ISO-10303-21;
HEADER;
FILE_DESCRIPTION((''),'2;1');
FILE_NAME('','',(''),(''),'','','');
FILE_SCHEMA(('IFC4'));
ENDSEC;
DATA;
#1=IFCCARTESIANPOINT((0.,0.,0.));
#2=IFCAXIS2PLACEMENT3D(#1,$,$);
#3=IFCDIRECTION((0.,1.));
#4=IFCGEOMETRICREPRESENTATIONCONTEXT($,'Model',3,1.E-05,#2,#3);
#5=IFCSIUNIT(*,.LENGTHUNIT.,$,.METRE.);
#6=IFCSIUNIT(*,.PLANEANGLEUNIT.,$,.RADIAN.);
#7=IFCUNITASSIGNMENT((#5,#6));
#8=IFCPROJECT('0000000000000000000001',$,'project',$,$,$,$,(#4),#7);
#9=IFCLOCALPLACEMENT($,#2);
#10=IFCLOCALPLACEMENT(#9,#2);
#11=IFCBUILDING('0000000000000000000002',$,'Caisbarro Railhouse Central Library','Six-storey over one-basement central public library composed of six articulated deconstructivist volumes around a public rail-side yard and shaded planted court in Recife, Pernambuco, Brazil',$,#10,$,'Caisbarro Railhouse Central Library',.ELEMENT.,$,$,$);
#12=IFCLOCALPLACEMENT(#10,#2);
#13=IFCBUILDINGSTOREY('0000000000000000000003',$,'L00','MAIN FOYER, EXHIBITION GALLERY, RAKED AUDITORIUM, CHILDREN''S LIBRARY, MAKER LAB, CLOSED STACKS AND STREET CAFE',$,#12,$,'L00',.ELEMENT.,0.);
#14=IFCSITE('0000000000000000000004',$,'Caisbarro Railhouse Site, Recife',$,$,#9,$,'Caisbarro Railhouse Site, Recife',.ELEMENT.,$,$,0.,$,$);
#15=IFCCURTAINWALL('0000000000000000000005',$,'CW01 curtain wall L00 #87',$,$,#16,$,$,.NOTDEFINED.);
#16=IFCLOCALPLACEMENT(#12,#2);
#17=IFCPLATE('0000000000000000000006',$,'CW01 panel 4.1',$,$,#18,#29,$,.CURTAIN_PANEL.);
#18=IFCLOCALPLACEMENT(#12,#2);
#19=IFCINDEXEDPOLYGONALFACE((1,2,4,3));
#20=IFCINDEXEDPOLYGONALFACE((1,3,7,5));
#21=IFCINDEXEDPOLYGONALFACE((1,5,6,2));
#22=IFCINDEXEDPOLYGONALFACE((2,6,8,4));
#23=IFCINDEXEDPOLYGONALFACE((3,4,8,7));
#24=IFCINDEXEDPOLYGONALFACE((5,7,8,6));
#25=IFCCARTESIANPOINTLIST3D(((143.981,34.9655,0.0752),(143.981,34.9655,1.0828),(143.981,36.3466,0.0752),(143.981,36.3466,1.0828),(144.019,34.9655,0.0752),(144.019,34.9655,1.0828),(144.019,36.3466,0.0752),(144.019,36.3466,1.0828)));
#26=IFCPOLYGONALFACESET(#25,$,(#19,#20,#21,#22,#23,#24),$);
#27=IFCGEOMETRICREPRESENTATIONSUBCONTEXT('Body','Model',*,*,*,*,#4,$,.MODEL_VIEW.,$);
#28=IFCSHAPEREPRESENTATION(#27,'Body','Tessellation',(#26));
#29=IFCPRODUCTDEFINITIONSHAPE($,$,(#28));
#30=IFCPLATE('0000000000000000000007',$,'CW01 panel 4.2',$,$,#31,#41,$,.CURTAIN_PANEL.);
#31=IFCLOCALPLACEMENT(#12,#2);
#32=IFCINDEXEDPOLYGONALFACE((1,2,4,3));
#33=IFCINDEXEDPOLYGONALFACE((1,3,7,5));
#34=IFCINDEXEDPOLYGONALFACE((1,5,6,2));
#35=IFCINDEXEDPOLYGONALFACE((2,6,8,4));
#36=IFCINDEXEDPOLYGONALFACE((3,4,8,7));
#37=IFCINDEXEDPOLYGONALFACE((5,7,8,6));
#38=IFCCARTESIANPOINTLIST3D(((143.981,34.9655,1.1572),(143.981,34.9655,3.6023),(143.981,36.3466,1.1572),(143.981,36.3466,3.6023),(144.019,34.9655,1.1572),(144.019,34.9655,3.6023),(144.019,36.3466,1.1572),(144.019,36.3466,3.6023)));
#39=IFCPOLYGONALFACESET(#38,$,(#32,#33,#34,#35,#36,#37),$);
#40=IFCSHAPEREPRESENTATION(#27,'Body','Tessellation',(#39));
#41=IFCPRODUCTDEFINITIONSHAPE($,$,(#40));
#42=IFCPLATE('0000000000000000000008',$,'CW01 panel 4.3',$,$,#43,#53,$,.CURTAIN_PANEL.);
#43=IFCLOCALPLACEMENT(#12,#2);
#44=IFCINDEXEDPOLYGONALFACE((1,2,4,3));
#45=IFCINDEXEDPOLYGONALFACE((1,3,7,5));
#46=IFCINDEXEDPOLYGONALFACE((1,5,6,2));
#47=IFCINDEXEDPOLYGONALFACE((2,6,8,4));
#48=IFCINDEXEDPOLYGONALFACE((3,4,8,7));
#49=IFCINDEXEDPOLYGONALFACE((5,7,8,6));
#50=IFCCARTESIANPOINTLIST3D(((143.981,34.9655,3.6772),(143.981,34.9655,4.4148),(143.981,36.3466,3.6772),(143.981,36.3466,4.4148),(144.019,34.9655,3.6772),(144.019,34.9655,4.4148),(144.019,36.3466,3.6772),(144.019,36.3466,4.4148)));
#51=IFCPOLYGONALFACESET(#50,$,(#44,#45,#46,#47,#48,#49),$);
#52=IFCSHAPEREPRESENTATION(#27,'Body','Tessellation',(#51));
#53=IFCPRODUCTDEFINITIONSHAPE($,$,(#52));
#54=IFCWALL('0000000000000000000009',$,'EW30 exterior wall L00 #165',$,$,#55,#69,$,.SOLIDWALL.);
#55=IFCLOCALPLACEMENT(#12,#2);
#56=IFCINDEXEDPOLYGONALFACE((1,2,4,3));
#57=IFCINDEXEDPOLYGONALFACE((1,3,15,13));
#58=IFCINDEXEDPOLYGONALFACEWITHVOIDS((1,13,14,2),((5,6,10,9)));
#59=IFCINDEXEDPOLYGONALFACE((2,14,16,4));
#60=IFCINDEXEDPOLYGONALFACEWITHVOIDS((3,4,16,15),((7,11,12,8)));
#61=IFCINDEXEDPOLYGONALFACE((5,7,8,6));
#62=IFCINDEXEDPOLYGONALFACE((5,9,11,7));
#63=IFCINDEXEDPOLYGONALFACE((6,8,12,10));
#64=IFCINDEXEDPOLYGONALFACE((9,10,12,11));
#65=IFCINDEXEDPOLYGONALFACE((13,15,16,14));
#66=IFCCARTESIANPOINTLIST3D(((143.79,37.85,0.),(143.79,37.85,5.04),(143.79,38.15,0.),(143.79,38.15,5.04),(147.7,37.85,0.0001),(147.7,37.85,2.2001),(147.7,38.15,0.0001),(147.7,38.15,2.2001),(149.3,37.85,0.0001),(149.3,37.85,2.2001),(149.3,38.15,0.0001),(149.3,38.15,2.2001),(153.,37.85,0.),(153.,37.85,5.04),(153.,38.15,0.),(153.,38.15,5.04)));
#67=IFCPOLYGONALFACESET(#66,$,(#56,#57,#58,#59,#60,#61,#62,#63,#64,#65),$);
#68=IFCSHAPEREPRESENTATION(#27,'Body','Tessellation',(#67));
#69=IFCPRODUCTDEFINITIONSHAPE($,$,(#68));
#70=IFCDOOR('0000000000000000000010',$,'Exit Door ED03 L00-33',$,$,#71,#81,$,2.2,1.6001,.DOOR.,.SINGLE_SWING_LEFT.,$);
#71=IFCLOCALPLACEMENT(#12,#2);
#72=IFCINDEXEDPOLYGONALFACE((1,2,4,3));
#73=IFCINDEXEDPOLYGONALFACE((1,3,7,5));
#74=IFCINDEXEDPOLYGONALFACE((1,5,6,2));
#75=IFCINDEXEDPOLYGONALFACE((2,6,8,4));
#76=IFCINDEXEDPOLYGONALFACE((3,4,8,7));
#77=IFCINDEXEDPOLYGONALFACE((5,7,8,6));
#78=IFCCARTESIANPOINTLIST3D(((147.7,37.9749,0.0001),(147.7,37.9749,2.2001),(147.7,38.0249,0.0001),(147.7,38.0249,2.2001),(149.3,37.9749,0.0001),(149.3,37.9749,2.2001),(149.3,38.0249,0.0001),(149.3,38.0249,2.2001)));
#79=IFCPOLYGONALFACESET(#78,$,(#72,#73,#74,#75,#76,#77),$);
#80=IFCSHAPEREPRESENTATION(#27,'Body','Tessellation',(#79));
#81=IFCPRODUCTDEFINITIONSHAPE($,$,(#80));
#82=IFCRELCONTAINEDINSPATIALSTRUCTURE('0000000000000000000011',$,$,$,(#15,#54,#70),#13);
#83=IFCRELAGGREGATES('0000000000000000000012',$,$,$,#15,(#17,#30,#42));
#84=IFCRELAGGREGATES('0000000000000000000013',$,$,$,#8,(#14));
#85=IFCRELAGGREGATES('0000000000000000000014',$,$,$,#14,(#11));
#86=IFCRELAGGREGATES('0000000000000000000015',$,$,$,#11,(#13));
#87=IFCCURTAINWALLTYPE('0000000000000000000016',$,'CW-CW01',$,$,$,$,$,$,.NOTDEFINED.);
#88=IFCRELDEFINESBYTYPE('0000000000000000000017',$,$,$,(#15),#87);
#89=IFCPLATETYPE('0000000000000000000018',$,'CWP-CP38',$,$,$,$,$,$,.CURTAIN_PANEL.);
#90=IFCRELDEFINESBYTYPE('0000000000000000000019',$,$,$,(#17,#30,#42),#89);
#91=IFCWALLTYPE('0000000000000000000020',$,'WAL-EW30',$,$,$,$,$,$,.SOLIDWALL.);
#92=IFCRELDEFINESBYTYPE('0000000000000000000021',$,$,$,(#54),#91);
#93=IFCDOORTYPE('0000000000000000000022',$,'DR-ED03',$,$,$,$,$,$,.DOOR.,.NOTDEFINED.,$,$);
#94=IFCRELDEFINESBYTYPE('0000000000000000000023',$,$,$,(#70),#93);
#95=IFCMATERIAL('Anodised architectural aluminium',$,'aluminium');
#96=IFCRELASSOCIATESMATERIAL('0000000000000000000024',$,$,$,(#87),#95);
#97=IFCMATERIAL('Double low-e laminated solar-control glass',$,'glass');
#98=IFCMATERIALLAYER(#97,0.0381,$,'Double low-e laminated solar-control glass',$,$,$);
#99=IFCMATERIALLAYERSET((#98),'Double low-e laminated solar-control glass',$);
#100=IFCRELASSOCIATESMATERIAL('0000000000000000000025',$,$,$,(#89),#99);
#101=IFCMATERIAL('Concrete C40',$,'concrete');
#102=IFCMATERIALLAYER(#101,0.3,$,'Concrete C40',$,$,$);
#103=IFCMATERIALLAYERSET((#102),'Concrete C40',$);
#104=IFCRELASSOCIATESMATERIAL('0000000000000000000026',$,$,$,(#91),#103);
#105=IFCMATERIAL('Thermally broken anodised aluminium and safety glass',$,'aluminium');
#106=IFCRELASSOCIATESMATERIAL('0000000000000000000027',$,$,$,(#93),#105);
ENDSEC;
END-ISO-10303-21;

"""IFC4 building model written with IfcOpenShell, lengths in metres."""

from ifc_helpers import new_model, si_unit, direction, frame, frame_2d, origin, origin_2d, place, context, subcontext, project, spatial, rectangle, extrude, material, layer, layer_set, type_object, element, fill, aggregate, save


model = new_model("IFC4")

# Units and contexts
model_context = context("Model", 3, precision=1e-05, world=origin(), true_north=direction((0.0, 1.0)))
body_context = subcontext(model_context, "Body", "Model", "MODEL_VIEW")
ifc_project = project(units=[si_unit("LENGTHUNIT", "METRE"), si_unit("PLANEANGLEUNIT", "RADIAN")], contexts=[model_context])

# Site, building, storey
site_placement = place(None, origin())
site = spatial("IfcSite", under=ifc_project, at=site_placement, Name="Caisbarro Railhouse Site, Recife", LongName="Caisbarro Railhouse Site, Recife", CompositionType="ELEMENT", RefElevation=0.0)
building_placement = place(site_placement, origin())
building = spatial("IfcBuilding", under=site, at=building_placement, Name="Caisbarro Railhouse Central Library", Description="Six-storey over one-basement central public library composed of six articulated deconstructivist volumes around a public rail-side yard and shaded planted court in Recife, Pernambuco, Brazil", LongName="Caisbarro Railhouse Central Library", CompositionType="ELEMENT")
storey_placement = place(building_placement, origin())
storey = spatial("IfcBuildingStorey", under=building, at=storey_placement, Name="L00", Description="MAIN FOYER, EXHIBITION GALLERY, RAKED AUDITORIUM, CHILDREN'S LIBRARY, MAKER LAB, CLOSED STACKS AND STREET CAFE", LongName="L00", CompositionType="ELEMENT", Elevation=0.0)

# Curtain wall, plates
ifc_material_1 = material(Name="Anodised architectural aluminium", Category="aluminium")
curtain_wall_type = type_object("IfcCurtainWallType", Name="CW-CW01", PredefinedType="NOTDEFINED", material=ifc_material_1)
curtain_wall_placement = place(storey_placement, origin())
curtain_wall = element("IfcCurtainWall", 1, at=curtain_wall_placement, inside=storey, type_object=curtain_wall_type, Name="CW01 curtain wall L00 #87", PredefinedType="NOTDEFINED")
ifc_material_2 = material(Name="Double low-e laminated solar-control glass", Category="glass")
ifc_layer_1 = layer(ifc_material_2, 0.0381, Name="Double low-e laminated solar-control glass")
ifc_layer_set_1 = layer_set([ifc_layer_1], Name="Double low-e laminated solar-control glass")
plate_type = type_object("IfcPlateType", Name="CWP-CP38", PredefinedType="CURTAIN_PANEL", material=ifc_layer_set_1)
plate_1_placement = place(storey_placement, frame((144.0, 35.656, 0.0752), z_axis=(0.0, 0.0, 1.0), x_axis=(0.0, 1.0, 0.0)))
plate_1 = element("IfcPlate", 2, at=plate_1_placement, type_object=plate_type, Name="CW01 panel 4.1", PredefinedType="CURTAIN_PANEL", context=body_context, shape_type="SweptSolid", body=[
    extrude(rectangle(XDim=1.3811, YDim=0.0381, at=origin_2d()), origin(), (0.0, 0.0, 1.0), 1.0076),
])
plate_2_placement = place(storey_placement, frame((144.0, 35.656, 1.1572), z_axis=(0.0, 0.0, 1.0), x_axis=(0.0, 1.0, 0.0)))
plate_2 = element("IfcPlate", 3, at=plate_2_placement, type_object=plate_type, Name="CW01 panel 4.2", PredefinedType="CURTAIN_PANEL", context=body_context, shape_type="SweptSolid", body=[
    extrude(rectangle(XDim=1.3811, YDim=0.0381, at=origin_2d()), origin(), (0.0, 0.0, 1.0), 2.4451),
])
plate_3_placement = place(storey_placement, frame((144.0, 35.656, 3.6772), z_axis=(0.0, 0.0, 1.0), x_axis=(0.0, 1.0, 0.0)))
plate_3 = element("IfcPlate", 4, at=plate_3_placement, type_object=plate_type, Name="CW01 panel 4.3", PredefinedType="CURTAIN_PANEL", context=body_context, shape_type="SweptSolid", body=[
    extrude(rectangle(XDim=1.3811, YDim=0.0381, at=origin_2d()), origin(), (0.0, 0.0, 1.0), 0.7375),
])
aggregate(curtain_wall, [plate_1, plate_2, plate_3])

# Wall, opening, door
ifc_material_3 = material(Name="Concrete C40", Category="concrete")
ifc_layer_2 = layer(ifc_material_3, 0.3, Name="Concrete C40")
ifc_layer_set_2 = layer_set([ifc_layer_2], Name="Concrete C40")
wall_type = type_object("IfcWallType", Name="WAL-EW30", PredefinedType="SOLIDWALL", material=ifc_layer_set_2)
wall_placement = place(storey_placement, frame((143.79, 38.0, 0.0), z_axis=(0.0, 0.0, 1.0), x_axis=(1.0, 0.0, 0.0)))
wall = element("IfcWall", 5, at=wall_placement, inside=storey, type_object=wall_type, Name="EW30 exterior wall L00 #165", PredefinedType="SOLIDWALL", context=body_context, shape_type="SweptSolid", body=[
    extrude(rectangle(XDim=9.21, YDim=0.3, at=frame_2d((4.605, 0.0))), origin(), (0.0, 0.0, 1.0), 5.04),
])
opening_placement = place(wall_placement, frame((3.9099, 0.0, 0.0)))
opening = element("IfcOpeningElement", 6, at=opening_placement, cuts=wall, PredefinedType="OPENING", context=body_context, shape_type="SweptSolid", body=[
    extrude(rectangle(XDim=1.6001, YDim=2.2, at=frame_2d((0.8, 1.1001))), frame((0.0, 0.1602, 0.0), z_axis=(0.0, -1.0, 0.0), x_axis=(1.0, 0.0, 0.0)), (0.0, 0.0, 1.0), 0.3201),
])
ifc_material_4 = material(Name="Thermally broken anodised aluminium and safety glass", Category="aluminium")
door_type = type_object("IfcDoorType", Name="DR-ED03", OperationType="NOTDEFINED", PredefinedType="DOOR", material=ifc_material_4)
door_placement = place(opening_placement, origin())
door = element("IfcDoor", 7, at=door_placement, inside=storey, type_object=door_type, Name="Exit Door ED03 L00-33", OperationType="SINGLE_SWING_LEFT", OverallHeight=2.2, OverallWidth=1.6001, PredefinedType="DOOR", context=body_context, shape_type="SweptSolid", body=[
    extrude(rectangle(XDim=1.6001, YDim=2.2, at=frame_2d((0.8, 1.1001))), frame((0.0, 0.0249, 0.0), z_axis=(0.0, -1.0, 0.0), x_axis=(1.0, 0.0, 0.0)), (0.0, 0.0, 1.0), 0.05),
])
fill(opening, door)

save(model, "model.ifc")
